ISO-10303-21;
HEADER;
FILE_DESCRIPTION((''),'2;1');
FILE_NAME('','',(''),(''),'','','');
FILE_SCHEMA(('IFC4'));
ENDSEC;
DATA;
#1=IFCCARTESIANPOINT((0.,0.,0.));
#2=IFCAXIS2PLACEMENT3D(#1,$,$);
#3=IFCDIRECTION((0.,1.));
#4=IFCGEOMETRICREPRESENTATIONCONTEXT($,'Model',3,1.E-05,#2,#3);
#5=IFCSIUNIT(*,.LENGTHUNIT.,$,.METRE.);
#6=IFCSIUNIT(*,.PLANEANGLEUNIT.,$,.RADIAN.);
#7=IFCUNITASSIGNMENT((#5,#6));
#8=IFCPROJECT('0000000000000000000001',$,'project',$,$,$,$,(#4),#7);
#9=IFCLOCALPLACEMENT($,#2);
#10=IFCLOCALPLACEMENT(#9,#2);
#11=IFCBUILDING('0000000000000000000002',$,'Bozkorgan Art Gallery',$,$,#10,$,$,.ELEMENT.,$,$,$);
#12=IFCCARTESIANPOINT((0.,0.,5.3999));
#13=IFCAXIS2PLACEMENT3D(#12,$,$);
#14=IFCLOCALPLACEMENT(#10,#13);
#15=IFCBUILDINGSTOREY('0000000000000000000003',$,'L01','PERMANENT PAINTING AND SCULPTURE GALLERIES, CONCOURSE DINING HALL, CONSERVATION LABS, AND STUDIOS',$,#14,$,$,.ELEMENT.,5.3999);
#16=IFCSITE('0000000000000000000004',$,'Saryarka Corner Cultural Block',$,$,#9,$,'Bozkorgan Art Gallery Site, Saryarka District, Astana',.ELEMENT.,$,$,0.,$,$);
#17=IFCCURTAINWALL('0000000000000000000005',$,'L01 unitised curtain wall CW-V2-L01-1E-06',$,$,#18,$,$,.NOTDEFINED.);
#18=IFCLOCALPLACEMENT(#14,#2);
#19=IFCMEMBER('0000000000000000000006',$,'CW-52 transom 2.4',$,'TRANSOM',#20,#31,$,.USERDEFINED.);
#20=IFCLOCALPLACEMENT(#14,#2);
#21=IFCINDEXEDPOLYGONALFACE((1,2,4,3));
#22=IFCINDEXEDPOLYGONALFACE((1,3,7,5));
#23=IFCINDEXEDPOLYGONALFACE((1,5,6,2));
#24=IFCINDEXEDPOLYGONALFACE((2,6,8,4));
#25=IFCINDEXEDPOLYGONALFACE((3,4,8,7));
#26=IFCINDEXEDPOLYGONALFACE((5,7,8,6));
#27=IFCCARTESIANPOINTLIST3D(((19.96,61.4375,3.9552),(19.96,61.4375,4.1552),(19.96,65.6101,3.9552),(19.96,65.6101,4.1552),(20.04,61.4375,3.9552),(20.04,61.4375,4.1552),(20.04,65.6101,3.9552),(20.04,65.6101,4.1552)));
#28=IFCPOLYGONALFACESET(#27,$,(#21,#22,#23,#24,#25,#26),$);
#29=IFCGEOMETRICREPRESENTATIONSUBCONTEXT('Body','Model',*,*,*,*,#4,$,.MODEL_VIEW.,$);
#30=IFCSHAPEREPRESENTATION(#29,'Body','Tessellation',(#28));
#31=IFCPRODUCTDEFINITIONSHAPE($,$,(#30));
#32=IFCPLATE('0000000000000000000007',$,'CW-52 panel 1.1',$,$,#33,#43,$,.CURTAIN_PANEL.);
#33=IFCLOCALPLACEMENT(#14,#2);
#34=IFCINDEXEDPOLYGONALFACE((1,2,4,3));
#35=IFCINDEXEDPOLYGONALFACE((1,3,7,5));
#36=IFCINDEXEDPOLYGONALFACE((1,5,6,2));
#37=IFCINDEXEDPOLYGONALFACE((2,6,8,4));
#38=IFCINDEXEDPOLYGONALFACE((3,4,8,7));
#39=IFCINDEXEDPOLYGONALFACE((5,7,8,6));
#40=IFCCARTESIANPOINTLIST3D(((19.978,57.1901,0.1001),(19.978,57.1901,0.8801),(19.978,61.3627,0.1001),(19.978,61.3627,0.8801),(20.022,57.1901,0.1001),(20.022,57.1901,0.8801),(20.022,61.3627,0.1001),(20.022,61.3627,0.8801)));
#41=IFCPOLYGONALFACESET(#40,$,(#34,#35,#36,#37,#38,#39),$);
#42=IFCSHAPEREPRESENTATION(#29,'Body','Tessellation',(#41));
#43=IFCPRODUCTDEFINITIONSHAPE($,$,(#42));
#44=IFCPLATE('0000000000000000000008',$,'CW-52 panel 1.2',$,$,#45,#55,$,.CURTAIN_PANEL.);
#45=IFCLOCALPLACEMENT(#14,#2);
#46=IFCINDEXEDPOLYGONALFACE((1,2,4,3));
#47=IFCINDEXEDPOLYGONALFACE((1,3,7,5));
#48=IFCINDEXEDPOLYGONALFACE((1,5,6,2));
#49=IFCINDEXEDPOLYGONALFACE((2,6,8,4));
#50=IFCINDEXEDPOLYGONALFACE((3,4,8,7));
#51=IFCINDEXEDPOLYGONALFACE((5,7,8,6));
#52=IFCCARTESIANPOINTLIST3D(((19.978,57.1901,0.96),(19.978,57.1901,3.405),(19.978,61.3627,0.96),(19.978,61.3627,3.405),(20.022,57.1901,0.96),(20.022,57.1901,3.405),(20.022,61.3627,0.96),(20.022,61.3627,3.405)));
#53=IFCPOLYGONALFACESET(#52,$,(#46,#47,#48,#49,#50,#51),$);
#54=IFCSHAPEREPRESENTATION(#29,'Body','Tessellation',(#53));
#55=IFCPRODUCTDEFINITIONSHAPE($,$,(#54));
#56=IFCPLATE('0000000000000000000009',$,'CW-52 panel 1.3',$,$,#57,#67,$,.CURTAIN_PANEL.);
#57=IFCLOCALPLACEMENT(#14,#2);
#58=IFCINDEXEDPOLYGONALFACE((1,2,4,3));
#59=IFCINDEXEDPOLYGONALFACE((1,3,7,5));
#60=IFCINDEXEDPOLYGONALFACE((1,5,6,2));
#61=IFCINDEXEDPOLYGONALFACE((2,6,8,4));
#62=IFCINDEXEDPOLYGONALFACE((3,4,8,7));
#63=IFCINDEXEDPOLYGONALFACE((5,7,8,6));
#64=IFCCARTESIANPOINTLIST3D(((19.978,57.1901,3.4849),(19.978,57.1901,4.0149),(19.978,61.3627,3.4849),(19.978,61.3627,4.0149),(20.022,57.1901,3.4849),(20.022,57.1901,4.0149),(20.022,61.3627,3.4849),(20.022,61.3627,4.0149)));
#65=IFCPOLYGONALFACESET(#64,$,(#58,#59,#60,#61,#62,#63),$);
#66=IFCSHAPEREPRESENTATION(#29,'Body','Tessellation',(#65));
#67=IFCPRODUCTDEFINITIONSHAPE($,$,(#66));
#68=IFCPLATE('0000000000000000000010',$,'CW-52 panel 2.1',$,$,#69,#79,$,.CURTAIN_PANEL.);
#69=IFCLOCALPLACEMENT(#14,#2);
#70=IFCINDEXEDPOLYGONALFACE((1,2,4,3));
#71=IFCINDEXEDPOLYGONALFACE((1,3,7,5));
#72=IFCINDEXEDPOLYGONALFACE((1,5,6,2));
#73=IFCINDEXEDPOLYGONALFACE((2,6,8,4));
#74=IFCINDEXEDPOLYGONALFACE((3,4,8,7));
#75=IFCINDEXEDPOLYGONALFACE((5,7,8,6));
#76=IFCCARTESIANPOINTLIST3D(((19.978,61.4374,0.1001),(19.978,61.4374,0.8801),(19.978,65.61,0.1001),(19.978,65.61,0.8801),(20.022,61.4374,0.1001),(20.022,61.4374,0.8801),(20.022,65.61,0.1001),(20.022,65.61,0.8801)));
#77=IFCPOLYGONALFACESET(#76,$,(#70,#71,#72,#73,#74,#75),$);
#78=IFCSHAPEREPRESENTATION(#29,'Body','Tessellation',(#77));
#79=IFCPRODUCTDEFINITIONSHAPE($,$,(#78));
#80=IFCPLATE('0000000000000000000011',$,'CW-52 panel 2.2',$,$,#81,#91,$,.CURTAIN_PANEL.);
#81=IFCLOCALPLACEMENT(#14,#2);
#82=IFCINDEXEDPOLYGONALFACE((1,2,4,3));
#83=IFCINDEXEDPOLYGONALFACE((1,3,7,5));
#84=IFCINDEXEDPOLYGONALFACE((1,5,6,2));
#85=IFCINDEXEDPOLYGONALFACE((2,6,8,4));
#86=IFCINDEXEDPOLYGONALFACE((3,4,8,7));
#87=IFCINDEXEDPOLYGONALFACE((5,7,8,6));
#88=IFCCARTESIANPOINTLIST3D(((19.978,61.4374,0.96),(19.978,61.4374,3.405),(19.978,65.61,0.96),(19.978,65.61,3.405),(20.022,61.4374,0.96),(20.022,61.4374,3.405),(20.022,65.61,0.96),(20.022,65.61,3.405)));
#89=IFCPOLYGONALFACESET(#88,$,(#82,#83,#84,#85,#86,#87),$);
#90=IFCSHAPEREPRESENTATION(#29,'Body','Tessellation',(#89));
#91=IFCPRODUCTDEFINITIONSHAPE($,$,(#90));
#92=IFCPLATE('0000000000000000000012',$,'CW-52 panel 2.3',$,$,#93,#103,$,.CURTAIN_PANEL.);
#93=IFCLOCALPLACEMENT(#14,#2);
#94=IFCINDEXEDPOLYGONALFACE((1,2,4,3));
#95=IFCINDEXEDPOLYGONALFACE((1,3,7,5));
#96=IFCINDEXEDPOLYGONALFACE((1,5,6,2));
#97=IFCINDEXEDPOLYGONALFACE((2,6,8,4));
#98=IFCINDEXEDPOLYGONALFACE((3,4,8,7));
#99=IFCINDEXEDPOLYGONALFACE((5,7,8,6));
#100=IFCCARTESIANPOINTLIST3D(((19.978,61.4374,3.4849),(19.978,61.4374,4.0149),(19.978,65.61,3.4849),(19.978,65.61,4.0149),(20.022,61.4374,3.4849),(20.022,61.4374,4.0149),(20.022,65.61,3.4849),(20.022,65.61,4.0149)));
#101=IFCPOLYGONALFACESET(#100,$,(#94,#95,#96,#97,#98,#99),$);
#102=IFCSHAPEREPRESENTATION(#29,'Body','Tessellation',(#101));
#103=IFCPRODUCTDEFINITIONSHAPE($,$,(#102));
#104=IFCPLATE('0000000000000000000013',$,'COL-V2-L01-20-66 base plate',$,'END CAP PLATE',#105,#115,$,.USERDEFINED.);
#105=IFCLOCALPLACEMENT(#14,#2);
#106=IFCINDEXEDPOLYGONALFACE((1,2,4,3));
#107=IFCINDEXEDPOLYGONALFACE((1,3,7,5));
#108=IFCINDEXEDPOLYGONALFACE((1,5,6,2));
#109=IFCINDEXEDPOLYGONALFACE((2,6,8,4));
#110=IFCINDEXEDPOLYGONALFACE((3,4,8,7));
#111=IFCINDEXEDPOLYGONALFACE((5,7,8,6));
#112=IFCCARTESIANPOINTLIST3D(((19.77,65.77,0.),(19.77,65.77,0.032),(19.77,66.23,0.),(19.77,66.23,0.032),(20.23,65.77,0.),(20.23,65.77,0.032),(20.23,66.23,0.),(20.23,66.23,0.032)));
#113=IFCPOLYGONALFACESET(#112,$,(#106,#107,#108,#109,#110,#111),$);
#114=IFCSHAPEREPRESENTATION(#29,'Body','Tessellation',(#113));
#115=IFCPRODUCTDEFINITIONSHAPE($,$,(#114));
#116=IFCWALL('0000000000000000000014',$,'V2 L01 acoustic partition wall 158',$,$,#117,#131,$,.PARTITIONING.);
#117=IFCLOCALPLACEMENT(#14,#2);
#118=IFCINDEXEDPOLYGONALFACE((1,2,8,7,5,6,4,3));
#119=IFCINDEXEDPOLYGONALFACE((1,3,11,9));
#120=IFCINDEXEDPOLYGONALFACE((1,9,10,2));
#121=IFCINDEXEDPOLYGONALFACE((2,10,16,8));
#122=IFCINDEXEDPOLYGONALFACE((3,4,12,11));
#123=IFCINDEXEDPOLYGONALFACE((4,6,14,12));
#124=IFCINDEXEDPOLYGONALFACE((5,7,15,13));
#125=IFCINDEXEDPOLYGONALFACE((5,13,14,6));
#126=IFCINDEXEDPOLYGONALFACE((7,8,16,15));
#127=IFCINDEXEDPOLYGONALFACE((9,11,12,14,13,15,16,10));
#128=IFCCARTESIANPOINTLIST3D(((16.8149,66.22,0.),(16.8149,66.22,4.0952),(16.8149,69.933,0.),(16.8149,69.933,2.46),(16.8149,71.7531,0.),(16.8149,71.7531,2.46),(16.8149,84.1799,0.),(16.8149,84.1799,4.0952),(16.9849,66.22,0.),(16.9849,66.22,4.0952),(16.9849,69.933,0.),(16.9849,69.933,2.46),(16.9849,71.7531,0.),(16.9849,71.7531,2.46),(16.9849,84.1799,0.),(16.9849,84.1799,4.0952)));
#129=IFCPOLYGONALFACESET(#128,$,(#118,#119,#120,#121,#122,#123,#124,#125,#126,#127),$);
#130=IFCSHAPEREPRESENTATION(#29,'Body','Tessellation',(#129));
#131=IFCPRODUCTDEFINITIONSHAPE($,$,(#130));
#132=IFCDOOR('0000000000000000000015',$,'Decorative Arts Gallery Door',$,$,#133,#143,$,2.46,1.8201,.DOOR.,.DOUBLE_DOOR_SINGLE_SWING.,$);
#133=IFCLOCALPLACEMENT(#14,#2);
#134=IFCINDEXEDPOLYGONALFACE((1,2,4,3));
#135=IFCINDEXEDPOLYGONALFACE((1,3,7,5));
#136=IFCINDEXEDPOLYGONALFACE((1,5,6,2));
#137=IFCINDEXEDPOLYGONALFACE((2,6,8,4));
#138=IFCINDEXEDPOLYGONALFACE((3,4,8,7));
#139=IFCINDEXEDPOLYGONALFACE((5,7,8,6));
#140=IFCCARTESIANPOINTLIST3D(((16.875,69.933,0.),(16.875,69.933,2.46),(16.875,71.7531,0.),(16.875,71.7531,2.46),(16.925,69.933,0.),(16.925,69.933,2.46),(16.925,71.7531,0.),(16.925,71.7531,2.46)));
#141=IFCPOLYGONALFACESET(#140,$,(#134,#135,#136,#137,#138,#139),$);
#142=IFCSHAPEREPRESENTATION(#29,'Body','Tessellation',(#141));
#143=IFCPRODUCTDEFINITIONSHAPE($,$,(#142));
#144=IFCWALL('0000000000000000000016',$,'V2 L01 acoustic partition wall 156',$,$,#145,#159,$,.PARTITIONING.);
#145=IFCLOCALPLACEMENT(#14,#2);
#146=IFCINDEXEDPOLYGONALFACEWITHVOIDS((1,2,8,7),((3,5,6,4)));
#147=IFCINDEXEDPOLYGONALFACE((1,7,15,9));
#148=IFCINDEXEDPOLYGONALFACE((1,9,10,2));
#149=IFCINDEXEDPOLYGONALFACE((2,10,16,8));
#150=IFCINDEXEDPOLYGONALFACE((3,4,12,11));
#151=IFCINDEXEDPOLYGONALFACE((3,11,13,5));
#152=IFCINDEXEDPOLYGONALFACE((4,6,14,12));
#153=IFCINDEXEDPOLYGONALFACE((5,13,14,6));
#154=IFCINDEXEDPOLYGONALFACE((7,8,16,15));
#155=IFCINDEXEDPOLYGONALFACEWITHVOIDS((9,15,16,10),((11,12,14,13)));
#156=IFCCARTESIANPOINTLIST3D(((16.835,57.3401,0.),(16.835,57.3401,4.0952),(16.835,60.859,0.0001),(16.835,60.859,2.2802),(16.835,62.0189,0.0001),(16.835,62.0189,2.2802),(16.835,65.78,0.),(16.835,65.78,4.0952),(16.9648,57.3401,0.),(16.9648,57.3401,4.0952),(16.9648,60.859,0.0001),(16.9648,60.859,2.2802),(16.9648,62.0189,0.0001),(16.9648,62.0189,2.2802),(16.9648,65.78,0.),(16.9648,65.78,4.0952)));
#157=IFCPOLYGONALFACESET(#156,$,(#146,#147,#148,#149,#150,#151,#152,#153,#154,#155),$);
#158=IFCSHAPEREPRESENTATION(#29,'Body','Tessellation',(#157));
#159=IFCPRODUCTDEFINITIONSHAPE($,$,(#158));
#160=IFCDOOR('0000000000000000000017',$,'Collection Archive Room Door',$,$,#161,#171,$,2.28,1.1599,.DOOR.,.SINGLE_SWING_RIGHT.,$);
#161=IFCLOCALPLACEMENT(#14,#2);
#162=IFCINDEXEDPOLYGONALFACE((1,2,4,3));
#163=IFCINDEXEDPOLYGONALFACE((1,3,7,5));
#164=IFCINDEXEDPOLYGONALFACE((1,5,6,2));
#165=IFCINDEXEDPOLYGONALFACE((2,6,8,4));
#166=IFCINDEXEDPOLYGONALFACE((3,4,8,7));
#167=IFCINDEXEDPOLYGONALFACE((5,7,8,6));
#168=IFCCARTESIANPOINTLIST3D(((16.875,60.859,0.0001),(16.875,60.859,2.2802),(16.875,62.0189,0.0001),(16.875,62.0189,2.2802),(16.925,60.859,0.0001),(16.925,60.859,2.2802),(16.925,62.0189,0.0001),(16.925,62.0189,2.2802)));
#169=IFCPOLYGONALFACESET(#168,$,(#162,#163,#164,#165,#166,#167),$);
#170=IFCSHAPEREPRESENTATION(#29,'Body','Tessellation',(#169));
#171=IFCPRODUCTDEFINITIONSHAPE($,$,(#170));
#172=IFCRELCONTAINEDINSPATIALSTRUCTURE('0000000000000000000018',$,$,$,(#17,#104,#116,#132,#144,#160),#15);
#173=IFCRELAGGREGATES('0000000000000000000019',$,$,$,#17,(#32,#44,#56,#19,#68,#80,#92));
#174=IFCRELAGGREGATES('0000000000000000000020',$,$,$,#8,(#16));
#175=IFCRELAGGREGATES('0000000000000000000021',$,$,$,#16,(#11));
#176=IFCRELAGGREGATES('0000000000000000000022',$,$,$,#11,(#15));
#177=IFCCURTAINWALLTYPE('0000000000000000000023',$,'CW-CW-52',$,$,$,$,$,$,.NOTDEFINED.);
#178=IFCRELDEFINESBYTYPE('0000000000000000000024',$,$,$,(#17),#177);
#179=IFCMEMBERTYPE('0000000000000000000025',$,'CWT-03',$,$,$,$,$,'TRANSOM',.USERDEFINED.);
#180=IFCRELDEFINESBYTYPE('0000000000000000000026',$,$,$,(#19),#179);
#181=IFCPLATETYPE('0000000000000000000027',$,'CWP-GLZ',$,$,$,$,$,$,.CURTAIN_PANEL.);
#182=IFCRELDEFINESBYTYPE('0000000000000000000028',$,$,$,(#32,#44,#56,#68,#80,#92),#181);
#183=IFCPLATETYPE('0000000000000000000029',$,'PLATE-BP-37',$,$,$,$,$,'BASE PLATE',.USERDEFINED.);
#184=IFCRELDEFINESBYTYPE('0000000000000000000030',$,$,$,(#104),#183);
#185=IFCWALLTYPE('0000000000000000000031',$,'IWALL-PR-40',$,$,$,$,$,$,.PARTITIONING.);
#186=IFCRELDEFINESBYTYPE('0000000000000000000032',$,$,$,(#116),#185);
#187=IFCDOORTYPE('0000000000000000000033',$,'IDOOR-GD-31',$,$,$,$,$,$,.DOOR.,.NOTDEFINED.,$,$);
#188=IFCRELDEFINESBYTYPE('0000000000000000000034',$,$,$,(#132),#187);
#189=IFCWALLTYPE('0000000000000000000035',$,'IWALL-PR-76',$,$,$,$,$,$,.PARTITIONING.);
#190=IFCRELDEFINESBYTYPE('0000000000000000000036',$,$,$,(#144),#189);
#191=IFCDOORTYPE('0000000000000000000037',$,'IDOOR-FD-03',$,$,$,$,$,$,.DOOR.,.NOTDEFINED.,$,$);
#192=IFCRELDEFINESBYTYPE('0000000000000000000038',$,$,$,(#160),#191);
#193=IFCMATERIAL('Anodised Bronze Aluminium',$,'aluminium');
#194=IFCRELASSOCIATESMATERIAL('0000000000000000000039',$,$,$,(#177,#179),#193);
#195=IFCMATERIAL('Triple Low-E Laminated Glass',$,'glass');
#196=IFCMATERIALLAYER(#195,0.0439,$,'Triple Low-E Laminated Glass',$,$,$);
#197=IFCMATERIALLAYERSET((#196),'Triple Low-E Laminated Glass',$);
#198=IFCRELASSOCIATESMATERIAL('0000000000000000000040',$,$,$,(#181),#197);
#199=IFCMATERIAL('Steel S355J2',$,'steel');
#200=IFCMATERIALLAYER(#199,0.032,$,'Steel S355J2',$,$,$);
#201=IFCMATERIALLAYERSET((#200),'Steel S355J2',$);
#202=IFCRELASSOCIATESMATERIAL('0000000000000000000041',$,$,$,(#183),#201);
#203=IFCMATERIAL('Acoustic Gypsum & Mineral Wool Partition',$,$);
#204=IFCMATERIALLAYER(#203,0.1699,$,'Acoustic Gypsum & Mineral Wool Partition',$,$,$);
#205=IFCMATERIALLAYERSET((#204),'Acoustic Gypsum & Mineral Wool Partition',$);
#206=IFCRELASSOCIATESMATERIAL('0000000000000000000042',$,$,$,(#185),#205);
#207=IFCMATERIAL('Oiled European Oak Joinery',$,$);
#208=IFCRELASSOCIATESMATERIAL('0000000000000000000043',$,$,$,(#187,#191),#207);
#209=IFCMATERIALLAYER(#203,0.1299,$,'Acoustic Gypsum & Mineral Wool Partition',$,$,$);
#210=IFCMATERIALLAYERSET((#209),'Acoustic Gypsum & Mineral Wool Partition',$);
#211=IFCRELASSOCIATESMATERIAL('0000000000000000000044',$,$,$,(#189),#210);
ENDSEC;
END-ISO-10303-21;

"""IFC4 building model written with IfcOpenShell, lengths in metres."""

from ifc_helpers import new_model, si_unit, direction, frame, frame_2d, origin, origin_2d, place, context, subcontext, project, spatial, rectangle, extrude, material, layer, layer_set, material_profile, profile_set, type_object, element, fill, aggregate, save


model = new_model("IFC4")

# Units and contexts
model_context = context("Model", 3, precision=1e-05, world=origin(), true_north=direction((0.0, 1.0)))
body_context = subcontext(model_context, "Body", "Model", "MODEL_VIEW")
ifc_project = project(units=[si_unit("LENGTHUNIT", "METRE"), si_unit("PLANEANGLEUNIT", "RADIAN")], contexts=[model_context])

# Site, building, storey
site_placement = place(None, origin())
site = spatial("IfcSite", under=ifc_project, at=site_placement, Name="Saryarka Corner Cultural Block", LongName="Bozkorgan Art Gallery Site, Saryarka District, Astana", CompositionType="ELEMENT", RefElevation=0.0)
building_placement = place(site_placement, origin())
building = spatial("IfcBuilding", under=site, at=building_placement, Name="Bozkorgan Art Gallery", CompositionType="ELEMENT")
storey_placement = place(building_placement, frame((0.0, 0.0, 5.3999)))
storey = spatial("IfcBuildingStorey", under=building, at=storey_placement, Name="L01", Description="PERMANENT PAINTING AND SCULPTURE GALLERIES, CONCOURSE DINING HALL, CONSERVATION LABS, AND STUDIOS", CompositionType="ELEMENT", Elevation=5.3999)

# Shared definitions
ifc_material_1 = material(Name="Steel S355J2", Category="steel")

# Curtain wall, member, plates
ifc_material_2 = material(Name="Anodised Bronze Aluminium", Category="aluminium")
curtain_wall_type = type_object("IfcCurtainWallType", Name="CW-CW-52", PredefinedType="NOTDEFINED", material=ifc_material_2)
curtain_wall_placement = place(storey_placement, origin())
curtain_wall = element("IfcCurtainWall", 1, at=curtain_wall_placement, inside=storey, type_object=curtain_wall_type, Name="L01 unitised curtain wall CW-V2-L01-1E-06", PredefinedType="NOTDEFINED")
ifc_material_profile_1 = material_profile(ifc_material_2, rectangle(XDim=0.0801, YDim=0.2, at=origin_2d()), Name="ALU TRANSOM 80x200")
ifc_profile_set_1 = profile_set([ifc_material_profile_1], Name="Anodised Bronze Aluminium")
member_type_1 = type_object("IfcMemberType", Name="CWT-03", ElementType="TRANSOM", PredefinedType="USERDEFINED", material=ifc_profile_set_1)
member_1_placement = place(storey_placement, frame((20.0, 61.4375, 4.0552), z_axis=(0.0, 1.0, 0.0), x_axis=(-1.0, 0.0, 0.0)))
member_1 = element("IfcMember", 2, at=member_1_placement, type_object=member_type_1, Name="CW-52 transom 2.4", ObjectType="TRANSOM", PredefinedType="USERDEFINED", context=body_context, shape_type="SweptSolid", body=[
    extrude(rectangle(XDim=0.0801, YDim=0.2, at=origin_2d()), origin(), (0.0, 0.0, 1.0), 4.1726),
])
ifc_material_3 = material(Name="Triple Low-E Laminated Glass", Category="glass")
ifc_layer_1 = layer(ifc_material_3, 0.0439, Name="Triple Low-E Laminated Glass")
ifc_layer_set_1 = layer_set([ifc_layer_1], Name="Triple Low-E Laminated Glass")
plate_type_1 = type_object("IfcPlateType", Name="CWP-GLZ", PredefinedType="CURTAIN_PANEL", material=ifc_layer_set_1)
plate_1_placement = place(storey_placement, frame((20.0, 59.2764, 0.1001), z_axis=(0.0, 0.0, 1.0), x_axis=(0.0, 1.0, 0.0)))
plate_1 = element("IfcPlate", 3, at=plate_1_placement, type_object=plate_type_1, Name="CW-52 panel 1.1", PredefinedType="CURTAIN_PANEL", context=body_context, shape_type="SweptSolid", body=[
    extrude(rectangle(XDim=4.1726, YDim=0.0439, at=origin_2d()), origin(), (0.0, 0.0, 1.0), 0.78),
])
plate_2_placement = place(storey_placement, frame((20.0, 59.2764, 0.96), z_axis=(0.0, 0.0, 1.0), x_axis=(0.0, 1.0, 0.0)))
plate_2 = element("IfcPlate", 4, at=plate_2_placement, type_object=plate_type_1, Name="CW-52 panel 1.2", PredefinedType="CURTAIN_PANEL", context=body_context, shape_type="SweptSolid", body=[
    extrude(rectangle(XDim=4.1726, YDim=0.0439, at=origin_2d()), origin(), (0.0, 0.0, 1.0), 2.4451),
])
plate_3_placement = place(storey_placement, frame((20.0, 59.2764, 3.4849), z_axis=(0.0, 0.0, 1.0), x_axis=(0.0, 1.0, 0.0)))
plate_3 = element("IfcPlate", 5, at=plate_3_placement, type_object=plate_type_1, Name="CW-52 panel 1.3", PredefinedType="CURTAIN_PANEL", context=body_context, shape_type="SweptSolid", body=[
    extrude(rectangle(XDim=4.1726, YDim=0.0439, at=origin_2d()), origin(), (0.0, 0.0, 1.0), 0.53),
])
plate_4_placement = place(storey_placement, frame((20.0, 63.5237, 0.1001), z_axis=(0.0, 0.0, 1.0), x_axis=(0.0, 1.0, 0.0)))
plate_4 = element("IfcPlate", 6, at=plate_4_placement, type_object=plate_type_1, Name="CW-52 panel 2.1", PredefinedType="CURTAIN_PANEL", context=body_context, shape_type="SweptSolid", body=[
    extrude(rectangle(XDim=4.1726, YDim=0.0439, at=origin_2d()), origin(), (0.0, 0.0, 1.0), 0.78),
])
plate_5_placement = place(storey_placement, frame((20.0, 63.5237, 0.96), z_axis=(0.0, 0.0, 1.0), x_axis=(0.0, 1.0, 0.0)))
plate_5 = element("IfcPlate", 7, at=plate_5_placement, type_object=plate_type_1, Name="CW-52 panel 2.2", PredefinedType="CURTAIN_PANEL", context=body_context, shape_type="SweptSolid", body=[
    extrude(rectangle(XDim=4.1726, YDim=0.0439, at=origin_2d()), origin(), (0.0, 0.0, 1.0), 2.4451),
])
plate_6_placement = place(storey_placement, frame((20.0, 63.5237, 3.4849), z_axis=(0.0, 0.0, 1.0), x_axis=(0.0, 1.0, 0.0)))
plate_6 = element("IfcPlate", 8, at=plate_6_placement, type_object=plate_type_1, Name="CW-52 panel 2.3", PredefinedType="CURTAIN_PANEL", context=body_context, shape_type="SweptSolid", body=[
    extrude(rectangle(XDim=4.1726, YDim=0.0439, at=origin_2d()), origin(), (0.0, 0.0, 1.0), 0.53),
])
aggregate(curtain_wall, [plate_1, plate_2, plate_3, member_1, plate_4, plate_5, plate_6])

# Plate
ifc_layer_2 = layer(ifc_material_1, 0.032, Name="Steel S355J2")
ifc_layer_set_2 = layer_set([ifc_layer_2], Name="Steel S355J2")
plate_type_2 = type_object("IfcPlateType", Name="PLATE-BP-37", ElementType="BASE PLATE", PredefinedType="USERDEFINED", material=ifc_layer_set_2)
plate_7_placement = place(storey_placement, frame((20.0, 66.0, 0.0), z_axis=(0.0, 0.0, 1.0), x_axis=(1.0, 0.0, 0.0)))
element("IfcPlate", 9, at=plate_7_placement, inside=storey, type_object=plate_type_2, Name="COL-V2-L01-20-66 base plate", ObjectType="END CAP PLATE", PredefinedType="USERDEFINED", context=body_context, shape_type="SweptSolid", body=[
    extrude(rectangle(XDim=0.46, YDim=0.46, at=origin_2d()), origin(), (0.0, 0.0, 1.0), 0.032),
])

# Walls, openings, doors
ifc_material_4 = material(Name="Acoustic Gypsum & Mineral Wool Partition")
ifc_layer_3 = layer(ifc_material_4, 0.1699, Name="Acoustic Gypsum & Mineral Wool Partition")
ifc_layer_set_3 = layer_set([ifc_layer_3], Name="Acoustic Gypsum & Mineral Wool Partition")
wall_type_1 = type_object("IfcWallType", Name="IWALL-PR-40", PredefinedType="PARTITIONING", material=ifc_layer_set_3)
wall_1_placement = place(storey_placement, frame((16.8999, 66.22, 0.0), z_axis=(0.0, 0.0, 1.0), x_axis=(0.0, 1.0, 0.0)))
wall_1 = element("IfcWall", 10, at=wall_1_placement, inside=storey, type_object=wall_type_1, Name="V2 L01 acoustic partition wall 158", PredefinedType="PARTITIONING", context=body_context, shape_type="SweptSolid", body=[
    extrude(rectangle(XDim=17.96, YDim=0.1699, at=frame_2d((8.98, 0.0))), origin(), (0.0, 0.0, 1.0), 4.0952),
])
opening_1_placement = place(wall_1_placement, frame((3.7129, 0.0, 0.0)))
opening_1 = element("IfcOpeningElement", 11, at=opening_1_placement, cuts=wall_1, PredefinedType="OPENING", context=body_context, shape_type="SweptSolid", body=[
    extrude(rectangle(XDim=1.8201, YDim=2.46, at=frame_2d((0.9102, 1.23))), frame((0.0, 0.095, 0.0), z_axis=(0.0, -1.0, 0.0), x_axis=(1.0, 0.0, 0.0)), (0.0, 0.0, 1.0), 0.1899),
])
ifc_material_5 = material(Name="Oiled European Oak Joinery")
door_type_1 = type_object("IfcDoorType", Name="IDOOR-GD-31", OperationType="NOTDEFINED", PredefinedType="DOOR", material=ifc_material_5)
door_1_placement = place(opening_1_placement, origin())
door_1 = element("IfcDoor", 12, at=door_1_placement, inside=storey, type_object=door_type_1, Name="Decorative Arts Gallery Door", OperationType="DOUBLE_DOOR_SINGLE_SWING", OverallHeight=2.46, OverallWidth=1.8201, PredefinedType="DOOR", context=body_context, shape_type="SweptSolid", body=[
    extrude(rectangle(XDim=1.8201, YDim=2.46, at=frame_2d((0.9102, 1.23))), frame((0.0, 0.0249, 0.0), z_axis=(0.0, -1.0, 0.0), x_axis=(1.0, 0.0, 0.0)), (0.0, 0.0, 1.0), 0.05),
])
fill(opening_1, door_1)
ifc_layer_4 = layer(ifc_material_4, 0.1299, Name="Acoustic Gypsum & Mineral Wool Partition")
ifc_layer_set_4 = layer_set([ifc_layer_4], Name="Acoustic Gypsum & Mineral Wool Partition")
wall_type_2 = type_object("IfcWallType", Name="IWALL-PR-76", PredefinedType="PARTITIONING", material=ifc_layer_set_4)
wall_2_placement = place(storey_placement, frame((16.8999, 57.3401, 0.0), z_axis=(0.0, 0.0, 1.0), x_axis=(0.0, 1.0, 0.0)))
wall_2 = element("IfcWall", 13, at=wall_2_placement, inside=storey, type_object=wall_type_2, Name="V2 L01 acoustic partition wall 156", PredefinedType="PARTITIONING", context=body_context, shape_type="SweptSolid", body=[
    extrude(rectangle(XDim=8.4399, YDim=0.1299, at=frame_2d((4.22, 0.0))), origin(), (0.0, 0.0, 1.0), 4.0952),
])
opening_2_placement = place(wall_2_placement, frame((3.5188, 0.0, 0.0)))
opening_2 = element("IfcOpeningElement", 14, at=opening_2_placement, cuts=wall_2, PredefinedType="OPENING", context=body_context, shape_type="SweptSolid", body=[
    extrude(rectangle(XDim=1.1599, YDim=2.28, at=frame_2d((0.5801, 1.1401))), frame((0.0, 0.075, 0.0), z_axis=(0.0, -1.0, 0.0), x_axis=(1.0, 0.0, 0.0)), (0.0, 0.0, 1.0), 0.1499),
])
door_type_2 = type_object("IfcDoorType", Name="IDOOR-FD-03", OperationType="NOTDEFINED", PredefinedType="DOOR", material=ifc_material_5)
door_2_placement = place(opening_2_placement, origin())
door_2 = element("IfcDoor", 15, at=door_2_placement, inside=storey, type_object=door_type_2, Name="Collection Archive Room Door", OperationType="SINGLE_SWING_RIGHT", OverallHeight=2.28, OverallWidth=1.1599, PredefinedType="DOOR", context=body_context, shape_type="SweptSolid", body=[
    extrude(rectangle(XDim=1.1599, YDim=2.28, at=frame_2d((0.5801, 1.1401))), frame((0.0, 0.0249, 0.0), z_axis=(0.0, -1.0, 0.0), x_axis=(1.0, 0.0, 0.0)), (0.0, 0.0, 1.0), 0.05),
])
fill(opening_2, door_2)

save(model, "model.ifc")
